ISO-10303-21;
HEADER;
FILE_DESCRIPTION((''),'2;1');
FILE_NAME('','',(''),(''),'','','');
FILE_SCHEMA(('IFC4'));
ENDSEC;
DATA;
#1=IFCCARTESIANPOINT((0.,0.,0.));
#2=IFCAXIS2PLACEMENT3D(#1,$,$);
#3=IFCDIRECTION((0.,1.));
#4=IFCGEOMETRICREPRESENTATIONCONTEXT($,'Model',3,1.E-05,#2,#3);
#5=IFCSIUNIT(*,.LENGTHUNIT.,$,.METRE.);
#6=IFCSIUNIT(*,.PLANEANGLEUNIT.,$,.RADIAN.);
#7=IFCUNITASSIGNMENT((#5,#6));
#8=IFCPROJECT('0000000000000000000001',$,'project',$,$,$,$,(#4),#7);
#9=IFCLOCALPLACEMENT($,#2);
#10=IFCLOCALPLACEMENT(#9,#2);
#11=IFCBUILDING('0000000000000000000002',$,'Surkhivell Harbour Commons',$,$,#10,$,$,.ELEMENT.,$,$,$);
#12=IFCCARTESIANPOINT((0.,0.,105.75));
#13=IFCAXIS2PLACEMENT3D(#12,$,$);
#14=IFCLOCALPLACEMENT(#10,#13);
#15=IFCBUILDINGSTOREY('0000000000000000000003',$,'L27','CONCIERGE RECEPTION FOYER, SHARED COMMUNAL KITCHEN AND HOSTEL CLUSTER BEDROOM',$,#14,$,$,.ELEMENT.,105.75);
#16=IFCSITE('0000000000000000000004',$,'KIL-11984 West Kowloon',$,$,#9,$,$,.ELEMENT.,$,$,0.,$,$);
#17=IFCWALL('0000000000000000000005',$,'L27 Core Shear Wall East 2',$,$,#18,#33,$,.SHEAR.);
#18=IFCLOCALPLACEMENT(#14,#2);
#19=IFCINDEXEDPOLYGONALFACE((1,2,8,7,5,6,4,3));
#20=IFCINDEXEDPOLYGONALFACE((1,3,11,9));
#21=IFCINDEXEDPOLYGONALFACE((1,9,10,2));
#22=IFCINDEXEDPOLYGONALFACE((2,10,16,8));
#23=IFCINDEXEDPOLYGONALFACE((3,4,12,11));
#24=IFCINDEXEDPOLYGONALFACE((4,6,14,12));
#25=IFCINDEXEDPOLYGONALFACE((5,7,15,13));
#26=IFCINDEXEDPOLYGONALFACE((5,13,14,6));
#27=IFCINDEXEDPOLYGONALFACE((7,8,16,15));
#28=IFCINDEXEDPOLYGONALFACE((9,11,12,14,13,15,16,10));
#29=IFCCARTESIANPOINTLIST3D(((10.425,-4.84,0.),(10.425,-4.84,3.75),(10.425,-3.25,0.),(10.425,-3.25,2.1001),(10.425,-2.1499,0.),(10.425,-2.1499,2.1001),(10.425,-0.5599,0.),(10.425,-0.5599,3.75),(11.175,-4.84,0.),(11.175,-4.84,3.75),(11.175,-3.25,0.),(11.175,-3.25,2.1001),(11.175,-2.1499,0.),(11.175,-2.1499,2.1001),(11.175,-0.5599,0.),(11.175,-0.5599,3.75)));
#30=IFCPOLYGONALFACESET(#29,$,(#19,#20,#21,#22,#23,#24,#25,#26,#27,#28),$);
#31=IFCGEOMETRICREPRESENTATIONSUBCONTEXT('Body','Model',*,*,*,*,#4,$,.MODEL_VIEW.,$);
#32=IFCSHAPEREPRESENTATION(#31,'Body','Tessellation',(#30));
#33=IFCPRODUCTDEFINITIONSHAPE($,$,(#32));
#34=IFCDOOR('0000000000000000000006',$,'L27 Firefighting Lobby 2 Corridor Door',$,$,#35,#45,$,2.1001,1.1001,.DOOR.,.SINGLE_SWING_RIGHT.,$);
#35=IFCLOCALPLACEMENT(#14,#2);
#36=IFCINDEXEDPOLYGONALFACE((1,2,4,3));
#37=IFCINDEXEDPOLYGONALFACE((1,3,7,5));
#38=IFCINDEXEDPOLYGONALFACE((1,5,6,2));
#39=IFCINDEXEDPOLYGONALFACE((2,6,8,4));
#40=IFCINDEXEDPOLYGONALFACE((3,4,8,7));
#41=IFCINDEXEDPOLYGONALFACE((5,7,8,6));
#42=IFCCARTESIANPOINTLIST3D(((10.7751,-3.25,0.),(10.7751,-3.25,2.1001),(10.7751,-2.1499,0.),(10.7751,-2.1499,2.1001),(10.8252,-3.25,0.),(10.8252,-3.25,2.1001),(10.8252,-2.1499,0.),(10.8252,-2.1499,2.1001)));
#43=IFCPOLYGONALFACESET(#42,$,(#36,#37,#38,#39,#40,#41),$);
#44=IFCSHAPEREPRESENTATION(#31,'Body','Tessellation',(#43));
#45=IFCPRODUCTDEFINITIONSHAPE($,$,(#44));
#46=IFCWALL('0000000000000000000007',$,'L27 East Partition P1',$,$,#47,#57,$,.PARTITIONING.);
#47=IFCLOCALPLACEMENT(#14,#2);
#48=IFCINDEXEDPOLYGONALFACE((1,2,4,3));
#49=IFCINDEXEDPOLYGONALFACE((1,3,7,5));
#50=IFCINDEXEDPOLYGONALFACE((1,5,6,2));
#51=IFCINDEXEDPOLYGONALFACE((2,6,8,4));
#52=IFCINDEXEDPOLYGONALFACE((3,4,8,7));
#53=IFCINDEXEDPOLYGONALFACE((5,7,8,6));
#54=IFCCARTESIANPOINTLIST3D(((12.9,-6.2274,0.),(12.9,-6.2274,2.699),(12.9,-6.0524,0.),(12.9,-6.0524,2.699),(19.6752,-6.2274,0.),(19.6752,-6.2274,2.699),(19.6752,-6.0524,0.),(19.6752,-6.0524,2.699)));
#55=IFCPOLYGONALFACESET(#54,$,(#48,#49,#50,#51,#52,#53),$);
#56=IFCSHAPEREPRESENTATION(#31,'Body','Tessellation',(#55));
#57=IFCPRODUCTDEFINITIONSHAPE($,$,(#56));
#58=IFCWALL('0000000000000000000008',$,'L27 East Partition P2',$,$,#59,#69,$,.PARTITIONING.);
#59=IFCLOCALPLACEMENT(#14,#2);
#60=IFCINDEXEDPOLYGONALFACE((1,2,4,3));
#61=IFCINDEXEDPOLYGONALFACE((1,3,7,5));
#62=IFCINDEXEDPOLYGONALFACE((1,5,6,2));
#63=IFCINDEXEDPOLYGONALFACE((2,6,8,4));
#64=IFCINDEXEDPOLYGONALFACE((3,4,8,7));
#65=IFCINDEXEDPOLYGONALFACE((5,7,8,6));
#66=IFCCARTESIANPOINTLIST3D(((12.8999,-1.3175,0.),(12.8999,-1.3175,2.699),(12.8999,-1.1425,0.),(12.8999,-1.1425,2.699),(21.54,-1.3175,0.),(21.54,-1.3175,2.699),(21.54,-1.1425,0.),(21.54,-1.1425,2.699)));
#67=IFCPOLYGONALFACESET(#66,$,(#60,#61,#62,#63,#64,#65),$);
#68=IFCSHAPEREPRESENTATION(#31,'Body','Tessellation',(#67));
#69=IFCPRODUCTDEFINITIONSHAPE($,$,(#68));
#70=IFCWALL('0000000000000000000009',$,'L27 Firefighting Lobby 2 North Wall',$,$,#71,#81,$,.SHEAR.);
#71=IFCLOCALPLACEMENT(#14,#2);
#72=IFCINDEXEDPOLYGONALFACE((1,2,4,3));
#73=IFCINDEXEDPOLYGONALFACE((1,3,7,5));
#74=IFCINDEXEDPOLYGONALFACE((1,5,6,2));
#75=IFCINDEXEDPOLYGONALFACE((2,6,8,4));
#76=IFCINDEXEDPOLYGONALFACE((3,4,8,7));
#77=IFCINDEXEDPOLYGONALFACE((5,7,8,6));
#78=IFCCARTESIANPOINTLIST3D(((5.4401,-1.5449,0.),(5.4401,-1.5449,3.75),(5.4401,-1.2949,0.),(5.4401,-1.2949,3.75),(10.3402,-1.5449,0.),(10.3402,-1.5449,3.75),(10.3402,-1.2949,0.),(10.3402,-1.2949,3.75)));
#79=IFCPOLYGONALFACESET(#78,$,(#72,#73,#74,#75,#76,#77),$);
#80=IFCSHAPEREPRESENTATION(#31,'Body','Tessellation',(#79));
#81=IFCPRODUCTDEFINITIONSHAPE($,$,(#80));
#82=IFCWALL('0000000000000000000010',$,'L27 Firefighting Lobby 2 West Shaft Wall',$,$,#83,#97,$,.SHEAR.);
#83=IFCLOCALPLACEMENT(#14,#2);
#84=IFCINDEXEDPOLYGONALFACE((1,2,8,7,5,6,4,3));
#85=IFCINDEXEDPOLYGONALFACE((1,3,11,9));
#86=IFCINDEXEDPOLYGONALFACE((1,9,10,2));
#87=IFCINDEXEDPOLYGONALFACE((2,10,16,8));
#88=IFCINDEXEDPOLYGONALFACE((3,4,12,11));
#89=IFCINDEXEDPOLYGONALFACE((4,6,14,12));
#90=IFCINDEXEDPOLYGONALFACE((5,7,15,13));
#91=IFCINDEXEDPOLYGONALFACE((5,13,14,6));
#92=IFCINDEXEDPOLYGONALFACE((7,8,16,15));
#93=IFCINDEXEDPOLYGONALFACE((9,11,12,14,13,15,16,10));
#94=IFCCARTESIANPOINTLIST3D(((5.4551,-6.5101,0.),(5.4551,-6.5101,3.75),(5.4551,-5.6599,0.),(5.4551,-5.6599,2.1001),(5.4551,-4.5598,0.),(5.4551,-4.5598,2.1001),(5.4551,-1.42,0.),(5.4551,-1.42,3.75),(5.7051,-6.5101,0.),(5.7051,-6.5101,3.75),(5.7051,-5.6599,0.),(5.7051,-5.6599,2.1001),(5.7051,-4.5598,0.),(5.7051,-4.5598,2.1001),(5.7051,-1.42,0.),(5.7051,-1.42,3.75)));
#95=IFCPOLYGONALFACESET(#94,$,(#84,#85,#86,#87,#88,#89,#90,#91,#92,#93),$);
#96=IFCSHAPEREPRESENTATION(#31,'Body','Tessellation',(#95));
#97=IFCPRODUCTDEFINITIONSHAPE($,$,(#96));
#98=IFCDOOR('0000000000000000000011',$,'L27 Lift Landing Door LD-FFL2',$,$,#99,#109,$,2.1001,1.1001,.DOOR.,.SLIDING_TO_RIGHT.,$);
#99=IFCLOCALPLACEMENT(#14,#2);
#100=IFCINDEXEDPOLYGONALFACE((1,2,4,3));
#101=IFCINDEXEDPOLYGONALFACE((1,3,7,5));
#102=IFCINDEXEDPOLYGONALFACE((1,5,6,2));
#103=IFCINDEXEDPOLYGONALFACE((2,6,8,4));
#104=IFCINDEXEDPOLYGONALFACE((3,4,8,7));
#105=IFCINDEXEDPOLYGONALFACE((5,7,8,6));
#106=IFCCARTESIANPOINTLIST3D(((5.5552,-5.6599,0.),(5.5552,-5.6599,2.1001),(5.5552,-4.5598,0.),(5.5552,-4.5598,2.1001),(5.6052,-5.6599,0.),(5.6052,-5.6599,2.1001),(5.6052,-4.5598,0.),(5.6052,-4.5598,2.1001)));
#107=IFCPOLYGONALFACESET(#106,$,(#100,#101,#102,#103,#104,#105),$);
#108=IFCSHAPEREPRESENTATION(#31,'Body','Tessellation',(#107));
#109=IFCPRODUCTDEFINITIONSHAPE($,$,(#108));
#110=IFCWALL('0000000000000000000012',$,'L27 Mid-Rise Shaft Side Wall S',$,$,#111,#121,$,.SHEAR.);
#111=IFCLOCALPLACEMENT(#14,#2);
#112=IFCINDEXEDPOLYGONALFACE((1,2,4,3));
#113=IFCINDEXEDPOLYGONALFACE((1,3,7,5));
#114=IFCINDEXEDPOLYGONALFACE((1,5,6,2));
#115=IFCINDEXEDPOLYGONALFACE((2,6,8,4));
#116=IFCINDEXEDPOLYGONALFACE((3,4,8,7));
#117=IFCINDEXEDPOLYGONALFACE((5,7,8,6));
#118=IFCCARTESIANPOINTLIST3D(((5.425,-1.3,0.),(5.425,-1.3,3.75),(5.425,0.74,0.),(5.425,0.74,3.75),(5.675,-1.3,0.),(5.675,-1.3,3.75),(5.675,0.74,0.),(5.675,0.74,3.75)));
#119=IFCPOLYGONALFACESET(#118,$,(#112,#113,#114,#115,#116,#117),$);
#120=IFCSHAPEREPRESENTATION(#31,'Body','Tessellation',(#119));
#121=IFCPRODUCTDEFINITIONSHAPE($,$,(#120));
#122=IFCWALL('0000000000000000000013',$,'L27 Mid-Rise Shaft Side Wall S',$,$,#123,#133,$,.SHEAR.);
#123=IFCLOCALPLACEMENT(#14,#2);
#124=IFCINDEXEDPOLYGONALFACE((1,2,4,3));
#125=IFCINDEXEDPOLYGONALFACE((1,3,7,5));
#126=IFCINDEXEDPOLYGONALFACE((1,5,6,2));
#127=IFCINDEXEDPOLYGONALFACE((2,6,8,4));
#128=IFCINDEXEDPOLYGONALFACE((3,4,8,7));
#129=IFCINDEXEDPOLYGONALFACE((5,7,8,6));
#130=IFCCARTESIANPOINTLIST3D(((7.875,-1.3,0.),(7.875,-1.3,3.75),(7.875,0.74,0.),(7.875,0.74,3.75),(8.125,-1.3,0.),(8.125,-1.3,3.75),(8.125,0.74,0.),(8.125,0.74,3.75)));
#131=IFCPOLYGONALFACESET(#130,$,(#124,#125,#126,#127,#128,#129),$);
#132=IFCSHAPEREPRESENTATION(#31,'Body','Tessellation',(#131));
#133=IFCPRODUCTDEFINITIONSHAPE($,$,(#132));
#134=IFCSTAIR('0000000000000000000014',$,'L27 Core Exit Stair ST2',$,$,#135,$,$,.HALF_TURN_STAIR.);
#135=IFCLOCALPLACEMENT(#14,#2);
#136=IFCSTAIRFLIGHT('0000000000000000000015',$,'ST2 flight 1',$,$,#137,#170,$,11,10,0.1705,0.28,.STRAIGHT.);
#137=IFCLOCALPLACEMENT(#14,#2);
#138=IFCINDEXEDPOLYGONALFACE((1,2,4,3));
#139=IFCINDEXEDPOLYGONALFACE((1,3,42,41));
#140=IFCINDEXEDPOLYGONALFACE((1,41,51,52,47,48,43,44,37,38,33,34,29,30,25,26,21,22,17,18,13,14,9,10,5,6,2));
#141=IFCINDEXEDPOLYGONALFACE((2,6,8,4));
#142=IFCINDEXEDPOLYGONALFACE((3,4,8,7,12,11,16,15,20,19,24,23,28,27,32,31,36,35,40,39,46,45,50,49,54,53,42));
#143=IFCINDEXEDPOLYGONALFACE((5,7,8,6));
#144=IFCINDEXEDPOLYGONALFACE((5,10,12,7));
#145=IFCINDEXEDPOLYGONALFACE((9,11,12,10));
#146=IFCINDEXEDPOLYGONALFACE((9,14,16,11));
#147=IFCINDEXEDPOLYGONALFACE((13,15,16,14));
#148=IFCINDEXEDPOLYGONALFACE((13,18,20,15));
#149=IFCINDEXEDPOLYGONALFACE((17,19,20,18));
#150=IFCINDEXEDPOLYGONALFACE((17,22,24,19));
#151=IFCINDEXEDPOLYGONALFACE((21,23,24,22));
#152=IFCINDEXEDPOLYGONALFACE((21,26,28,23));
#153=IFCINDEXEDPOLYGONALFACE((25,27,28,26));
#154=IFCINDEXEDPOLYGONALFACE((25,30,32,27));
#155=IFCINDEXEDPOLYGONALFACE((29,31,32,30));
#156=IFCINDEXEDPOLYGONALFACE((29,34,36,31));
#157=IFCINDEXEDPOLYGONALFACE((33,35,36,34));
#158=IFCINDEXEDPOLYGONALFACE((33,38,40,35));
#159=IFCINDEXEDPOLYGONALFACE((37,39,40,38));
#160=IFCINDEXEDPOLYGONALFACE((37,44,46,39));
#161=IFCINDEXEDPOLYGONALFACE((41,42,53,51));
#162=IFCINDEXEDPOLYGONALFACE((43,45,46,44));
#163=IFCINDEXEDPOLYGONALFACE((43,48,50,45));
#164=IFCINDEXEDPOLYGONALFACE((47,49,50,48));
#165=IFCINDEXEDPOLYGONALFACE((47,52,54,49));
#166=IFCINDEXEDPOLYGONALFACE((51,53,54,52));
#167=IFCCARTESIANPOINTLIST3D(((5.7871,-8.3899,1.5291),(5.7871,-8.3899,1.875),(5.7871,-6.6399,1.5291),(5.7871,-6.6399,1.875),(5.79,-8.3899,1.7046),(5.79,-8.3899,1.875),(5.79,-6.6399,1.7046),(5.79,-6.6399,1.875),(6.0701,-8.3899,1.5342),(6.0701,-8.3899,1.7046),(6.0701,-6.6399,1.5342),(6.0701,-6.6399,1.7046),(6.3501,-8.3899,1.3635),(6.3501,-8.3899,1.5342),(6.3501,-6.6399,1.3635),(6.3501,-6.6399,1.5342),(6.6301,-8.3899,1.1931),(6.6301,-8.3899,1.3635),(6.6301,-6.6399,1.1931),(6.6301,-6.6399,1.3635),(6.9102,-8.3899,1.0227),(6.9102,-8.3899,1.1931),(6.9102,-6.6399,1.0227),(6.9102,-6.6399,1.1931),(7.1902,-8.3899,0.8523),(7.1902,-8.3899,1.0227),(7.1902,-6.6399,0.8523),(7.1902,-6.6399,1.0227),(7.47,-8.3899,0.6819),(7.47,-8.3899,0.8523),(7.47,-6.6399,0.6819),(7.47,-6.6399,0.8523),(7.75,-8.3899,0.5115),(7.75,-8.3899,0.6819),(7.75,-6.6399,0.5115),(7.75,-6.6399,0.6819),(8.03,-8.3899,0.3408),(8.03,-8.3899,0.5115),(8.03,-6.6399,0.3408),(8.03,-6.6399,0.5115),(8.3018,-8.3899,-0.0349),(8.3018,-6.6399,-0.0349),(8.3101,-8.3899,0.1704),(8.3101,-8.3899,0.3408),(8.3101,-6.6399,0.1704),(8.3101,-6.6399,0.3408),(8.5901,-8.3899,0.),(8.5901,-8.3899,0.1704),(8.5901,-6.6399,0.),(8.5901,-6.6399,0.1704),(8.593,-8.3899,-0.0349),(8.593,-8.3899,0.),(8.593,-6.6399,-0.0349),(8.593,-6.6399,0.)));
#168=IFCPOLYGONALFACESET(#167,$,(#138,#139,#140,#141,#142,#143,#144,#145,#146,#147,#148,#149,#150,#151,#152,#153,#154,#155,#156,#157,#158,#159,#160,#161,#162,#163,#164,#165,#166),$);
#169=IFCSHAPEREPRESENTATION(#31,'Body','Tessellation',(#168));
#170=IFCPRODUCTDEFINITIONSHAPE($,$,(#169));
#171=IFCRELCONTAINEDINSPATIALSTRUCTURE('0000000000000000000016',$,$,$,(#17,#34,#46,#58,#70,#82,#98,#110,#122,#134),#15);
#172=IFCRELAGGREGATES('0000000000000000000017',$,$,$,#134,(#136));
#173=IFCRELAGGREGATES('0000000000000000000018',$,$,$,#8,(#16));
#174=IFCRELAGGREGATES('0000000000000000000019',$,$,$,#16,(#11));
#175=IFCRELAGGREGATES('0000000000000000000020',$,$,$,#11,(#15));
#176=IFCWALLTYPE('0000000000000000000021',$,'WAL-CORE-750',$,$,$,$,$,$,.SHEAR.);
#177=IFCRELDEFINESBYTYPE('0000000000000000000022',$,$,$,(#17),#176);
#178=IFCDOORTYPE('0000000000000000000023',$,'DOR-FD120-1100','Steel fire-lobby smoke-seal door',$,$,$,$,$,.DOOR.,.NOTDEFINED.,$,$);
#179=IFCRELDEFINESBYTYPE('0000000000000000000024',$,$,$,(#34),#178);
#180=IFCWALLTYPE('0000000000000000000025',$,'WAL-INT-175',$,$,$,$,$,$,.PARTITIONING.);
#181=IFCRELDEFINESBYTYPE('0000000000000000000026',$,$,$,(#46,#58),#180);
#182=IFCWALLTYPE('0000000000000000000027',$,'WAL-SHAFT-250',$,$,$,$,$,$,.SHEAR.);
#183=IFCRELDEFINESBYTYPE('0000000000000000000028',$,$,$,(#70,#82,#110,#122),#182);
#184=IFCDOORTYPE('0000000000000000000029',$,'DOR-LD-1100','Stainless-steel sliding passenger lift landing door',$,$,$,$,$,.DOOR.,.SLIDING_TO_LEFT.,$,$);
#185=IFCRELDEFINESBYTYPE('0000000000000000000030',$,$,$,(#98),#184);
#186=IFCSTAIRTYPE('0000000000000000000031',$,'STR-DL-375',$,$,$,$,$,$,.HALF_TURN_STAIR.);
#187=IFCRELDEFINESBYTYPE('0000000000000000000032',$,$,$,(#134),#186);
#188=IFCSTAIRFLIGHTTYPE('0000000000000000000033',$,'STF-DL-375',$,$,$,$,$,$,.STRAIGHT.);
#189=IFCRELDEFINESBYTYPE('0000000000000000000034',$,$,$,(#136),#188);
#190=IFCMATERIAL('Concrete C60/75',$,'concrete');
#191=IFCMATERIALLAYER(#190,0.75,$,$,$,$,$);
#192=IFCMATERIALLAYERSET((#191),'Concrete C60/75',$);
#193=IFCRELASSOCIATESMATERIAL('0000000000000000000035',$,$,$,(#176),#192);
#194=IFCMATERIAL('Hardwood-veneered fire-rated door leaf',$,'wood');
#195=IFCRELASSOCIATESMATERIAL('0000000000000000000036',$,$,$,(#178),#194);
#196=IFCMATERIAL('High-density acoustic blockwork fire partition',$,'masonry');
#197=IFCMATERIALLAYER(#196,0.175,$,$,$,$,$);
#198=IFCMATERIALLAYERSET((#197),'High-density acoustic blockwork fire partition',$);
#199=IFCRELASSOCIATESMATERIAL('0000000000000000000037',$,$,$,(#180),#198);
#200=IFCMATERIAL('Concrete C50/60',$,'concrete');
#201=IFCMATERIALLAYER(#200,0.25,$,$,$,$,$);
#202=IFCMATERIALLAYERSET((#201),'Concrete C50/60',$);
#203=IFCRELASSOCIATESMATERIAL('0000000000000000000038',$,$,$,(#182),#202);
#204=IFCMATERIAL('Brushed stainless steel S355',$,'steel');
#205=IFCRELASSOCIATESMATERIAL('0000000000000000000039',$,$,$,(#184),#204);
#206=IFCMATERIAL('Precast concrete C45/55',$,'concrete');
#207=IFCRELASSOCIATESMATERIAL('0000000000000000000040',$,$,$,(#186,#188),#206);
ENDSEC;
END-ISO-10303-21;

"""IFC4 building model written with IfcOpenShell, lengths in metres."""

from ifc_helpers import new_model, si_unit, direction, frame, frame_2d, origin, place, context, subcontext, project, spatial, polyline, rectangle, outline, extrude, material, layer, layer_set, type_object, element, fill, aggregate, save


model = new_model("IFC4")

# Units and contexts
model_context = context("Model", 3, precision=1e-05, world=origin(), true_north=direction((0.0, 1.0)))
body_context = subcontext(model_context, "Body", "Model", "MODEL_VIEW")
ifc_project = project(units=[si_unit("LENGTHUNIT", "METRE"), si_unit("PLANEANGLEUNIT", "RADIAN")], contexts=[model_context])

# Site, building, storey
site_placement = place(None, origin())
site = spatial("IfcSite", under=ifc_project, at=site_placement, Name="KIL-11984 West Kowloon", CompositionType="ELEMENT", RefElevation=0.0)
building_placement = place(site_placement, origin())
building = spatial("IfcBuilding", under=site, at=building_placement, Name="Surkhivell Harbour Commons", CompositionType="ELEMENT")
storey_placement = place(building_placement, frame((0.0, 0.0, 105.75)))
storey = spatial("IfcBuildingStorey", under=building, at=storey_placement, Name="L27", Description="CONCIERGE RECEPTION FOYER, SHARED COMMUNAL KITCHEN AND HOSTEL CLUSTER BEDROOM", CompositionType="ELEMENT", Elevation=105.75)

# Shared definitions
ifc_material_1 = material(Name="Concrete C60/75", Category="concrete")

# Wall, opening, door
ifc_layer_1 = layer(ifc_material_1, 0.75)
ifc_layer_set_1 = layer_set([ifc_layer_1], Name="Concrete C60/75")
wall_type_1 = type_object("IfcWallType", Name="WAL-CORE-750", PredefinedType="SHEAR", material=ifc_layer_set_1)
wall_1_placement = place(storey_placement, frame((10.8, -4.8401, 0.0), z_axis=(0.0, 0.0, 1.0), x_axis=(0.0, 1.0, 0.0)))
wall_1 = element("IfcWall", 1, at=wall_1_placement, inside=storey, type_object=wall_type_1, Name="L27 Core Shear Wall East 2", PredefinedType="SHEAR", context=body_context, shape_type="SweptSolid", body=[
    extrude(rectangle(XDim=4.28, YDim=0.75, at=frame_2d((2.1401, 0.0))), origin(), (0.0, 0.0, 1.0), 3.75),
])
opening_1_placement = place(wall_1_placement, frame((1.5901, 0.0, 0.0)))
opening_1 = element("IfcOpeningElement", 2, at=opening_1_placement, cuts=wall_1, PredefinedType="OPENING", context=body_context, shape_type="SweptSolid", body=[
    extrude(rectangle(XDim=1.1001, YDim=2.1001, at=frame_2d((0.55, 1.05))), frame((0.0, 0.385, 0.0), z_axis=(0.0, -1.0, 0.0), x_axis=(1.0, 0.0, 0.0)), (0.0, 0.0, 1.0), 0.77),
])
ifc_material_2 = material(Name="Hardwood-veneered fire-rated door leaf", Category="wood")
door_type_1 = type_object("IfcDoorType", Name="DOR-FD120-1100", Description="Steel fire-lobby smoke-seal door", OperationType="NOTDEFINED", PredefinedType="DOOR", material=ifc_material_2)
door_1_placement = place(opening_1_placement, origin())
door_1 = element("IfcDoor", 3, at=door_1_placement, inside=storey, type_object=door_type_1, Name="L27 Firefighting Lobby 2 Corridor Door", OperationType="SINGLE_SWING_RIGHT", OverallHeight=2.1001, OverallWidth=1.1001, PredefinedType="DOOR", context=body_context, shape_type="SweptSolid", body=[
    extrude(rectangle(XDim=1.1001, YDim=2.1001, at=frame_2d((0.55, 1.05))), frame((0.0, 0.0249, 0.0), z_axis=(0.0, -1.0, 0.0), x_axis=(1.0, 0.0, 0.0)), (0.0, 0.0, 1.0), 0.05),
])
fill(opening_1, door_1)

# Walls
ifc_material_3 = material(Name="High-density acoustic blockwork fire partition", Category="masonry")
ifc_layer_2 = layer(ifc_material_3, 0.175)
ifc_layer_set_2 = layer_set([ifc_layer_2], Name="High-density acoustic blockwork fire partition")
wall_type_2 = type_object("IfcWallType", Name="WAL-INT-175", PredefinedType="PARTITIONING", material=ifc_layer_set_2)
wall_2_placement = place(storey_placement, frame((12.8999, -6.1399, 0.0), z_axis=(0.0, 0.0, 1.0), x_axis=(1.0, 0.0, 0.0)))
element("IfcWall", 4, at=wall_2_placement, inside=storey, type_object=wall_type_2, Name="L27 East Partition P1", PredefinedType="PARTITIONING", context=body_context, shape_type="SweptSolid", body=[
    extrude(rectangle(XDim=6.7751, YDim=0.175, at=frame_2d((3.3877, 0.0))), origin(), (0.0, 0.0, 1.0), 2.699),
])
wall_3_placement = place(storey_placement, frame((12.8999, -1.23, 0.0), z_axis=(0.0, 0.0, 1.0), x_axis=(1.0, 0.0, 0.0)))
element("IfcWall", 5, at=wall_3_placement, inside=storey, type_object=wall_type_2, Name="L27 East Partition P2", PredefinedType="PARTITIONING", context=body_context, shape_type="SweptSolid", body=[
    extrude(rectangle(XDim=8.6401, YDim=0.175, at=frame_2d((4.3201, 0.0))), origin(), (0.0, 0.0, 1.0), 2.699),
])
ifc_material_4 = material(Name="Concrete C50/60", Category="concrete")
ifc_layer_3 = layer(ifc_material_4, 0.25)
ifc_layer_set_3 = layer_set([ifc_layer_3], Name="Concrete C50/60")
wall_type_3 = type_object("IfcWallType", Name="WAL-SHAFT-250", PredefinedType="SHEAR", material=ifc_layer_set_3)
wall_4_placement = place(storey_placement, frame((5.4399, -1.4199, 0.0), z_axis=(0.0, 0.0, 1.0), x_axis=(1.0, 0.0, 0.0)))
element("IfcWall", 6, at=wall_4_placement, inside=storey, type_object=wall_type_3, Name="L27 Firefighting Lobby 2 North Wall", PredefinedType="SHEAR", context=body_context, shape_type="SweptSolid", body=[
    extrude(rectangle(XDim=4.9001, YDim=0.25, at=frame_2d((2.4502, 0.0))), origin(), (0.0, 0.0, 1.0), 3.75),
])

# Wall, opening, door
wall_5_placement = place(storey_placement, frame((5.5801, -6.51, 0.0), z_axis=(0.0, 0.0, 1.0), x_axis=(0.0, 1.0, 0.0)))
wall_5 = element("IfcWall", 7, at=wall_5_placement, inside=storey, type_object=wall_type_3, Name="L27 Firefighting Lobby 2 West Shaft Wall", PredefinedType="SHEAR", context=body_context, shape_type="SweptSolid", body=[
    extrude(rectangle(XDim=5.0901, YDim=0.25, at=frame_2d((2.5449, 0.0))), origin(), (0.0, 0.0, 1.0), 3.75),
])
opening_2_placement = place(wall_5_placement, frame((0.8501, 0.0, 0.0)))
opening_2 = element("IfcOpeningElement", 8, at=opening_2_placement, cuts=wall_5, PredefinedType="OPENING", context=body_context, shape_type="SweptSolid", body=[
    extrude(rectangle(XDim=1.1001, YDim=2.1001, at=frame_2d((0.55, 1.05))), frame((0.0, 0.135, 0.0), z_axis=(0.0, -1.0, 0.0), x_axis=(1.0, 0.0, 0.0)), (0.0, 0.0, 1.0), 0.27),
])
ifc_material_5 = material(Name="Brushed stainless steel S355", Category="steel")
door_type_2 = type_object("IfcDoorType", Name="DOR-LD-1100", Description="Stainless-steel sliding passenger lift landing door", OperationType="SLIDING_TO_LEFT", PredefinedType="DOOR", material=ifc_material_5)
door_2_placement = place(opening_2_placement, origin())
door_2 = element("IfcDoor", 9, at=door_2_placement, inside=storey, type_object=door_type_2, Name="L27 Lift Landing Door LD-FFL2", OperationType="SLIDING_TO_RIGHT", OverallHeight=2.1001, OverallWidth=1.1001, PredefinedType="DOOR", context=body_context, shape_type="SweptSolid", body=[
    extrude(rectangle(XDim=1.1001, YDim=2.1001, at=frame_2d((0.55, 1.05))), frame((0.0, 0.0249, 0.0), z_axis=(0.0, -1.0, 0.0), x_axis=(1.0, 0.0, 0.0)), (0.0, 0.0, 1.0), 0.05),
])
fill(opening_2, door_2)

# Walls
for number, where, z_axis, x_axis, name in (
    (10, (5.55, -1.3, 0.0), (0.0, 0.0, 1.0), (0.0, 1.0, 0.0), "L27 Mid-Rise Shaft Side Wall S"),
    (11, (8.0, -1.3, 0.0), (0.0, 0.0, 1.0), (0.0, 1.0, 0.0), "L27 Mid-Rise Shaft Side Wall S"),
):
    element("IfcWall", number, at=place(storey_placement, frame(where, z_axis=z_axis, x_axis=x_axis)), inside=storey, type_object=wall_type_3, Name=name, PredefinedType="SHEAR", context=body_context, shape_type="SweptSolid", body=[
        extrude(rectangle(XDim=2.04, YDim=0.25, at=frame_2d((1.02, 0.0))), origin(), (0.0, 0.0, 1.0), 3.75),
    ])

# Stair, stair flight
ifc_material_6 = material(Name="Precast concrete C45/55", Category="concrete")
stair_type = type_object("IfcStairType", Name="STR-DL-375", PredefinedType="HALF_TURN_STAIR", material=ifc_material_6)
stair_placement = place(storey_placement, origin())
stair = element("IfcStair", 12, at=stair_placement, inside=storey, type_object=stair_type, Name="L27 Core Exit Stair ST2", PredefinedType="HALF_TURN_STAIR")
stair_flight_type = type_object("IfcStairFlightType", Name="STF-DL-375", PredefinedType="STRAIGHT", material=ifc_material_6)
stair_flight_placement = place(storey_placement, frame((8.5901, -7.5149, 0.0), z_axis=(0.0, 0.0, 1.0), x_axis=(-1.0, 0.0, 0.0)))
stair_flight = element("IfcStairFlight", 13, at=stair_flight_placement, type_object=stair_flight_type, Name="ST2 flight 1", NumberOfRisers=11, NumberOfTreads=10, PredefinedType="STRAIGHT", RiserHeight=0.1705, TreadLength=0.28, context=body_context, shape_type="SweptSolid", body=[
    extrude(outline(polyline([(-0.0029, -0.0349), (-0.0029, 0.0), (0.0, 0.0), (0.0, 0.1704), (0.28, 0.1704), (0.28, 0.3408), (0.5601, 0.3408), (0.5601, 0.5115), (0.8401, 0.5115), (0.8401, 0.6819), (1.1201, 0.6819), (1.1201, 0.8523), (1.3999, 0.8523), (1.3999, 1.0227), (1.6799, 1.0227), (1.6799, 1.1931), (1.96, 1.1931), (1.96, 1.3635), (2.24, 1.3635), (2.24, 1.5342), (2.52, 1.5342), (2.52, 1.7046), (2.8, 1.7046), (2.8, 1.875), (2.803, 1.875), (2.803, 1.5291), (0.2883, -0.0349), (-0.0029, -0.0349)])), frame((0.0, 0.875, 0.0), z_axis=(0.0, -1.0, 0.0), x_axis=(1.0, 0.0, 0.0)), (0.0, 0.0, 1.0), 1.75),
])
aggregate(stair, [stair_flight])

save(model, "model.ifc")
